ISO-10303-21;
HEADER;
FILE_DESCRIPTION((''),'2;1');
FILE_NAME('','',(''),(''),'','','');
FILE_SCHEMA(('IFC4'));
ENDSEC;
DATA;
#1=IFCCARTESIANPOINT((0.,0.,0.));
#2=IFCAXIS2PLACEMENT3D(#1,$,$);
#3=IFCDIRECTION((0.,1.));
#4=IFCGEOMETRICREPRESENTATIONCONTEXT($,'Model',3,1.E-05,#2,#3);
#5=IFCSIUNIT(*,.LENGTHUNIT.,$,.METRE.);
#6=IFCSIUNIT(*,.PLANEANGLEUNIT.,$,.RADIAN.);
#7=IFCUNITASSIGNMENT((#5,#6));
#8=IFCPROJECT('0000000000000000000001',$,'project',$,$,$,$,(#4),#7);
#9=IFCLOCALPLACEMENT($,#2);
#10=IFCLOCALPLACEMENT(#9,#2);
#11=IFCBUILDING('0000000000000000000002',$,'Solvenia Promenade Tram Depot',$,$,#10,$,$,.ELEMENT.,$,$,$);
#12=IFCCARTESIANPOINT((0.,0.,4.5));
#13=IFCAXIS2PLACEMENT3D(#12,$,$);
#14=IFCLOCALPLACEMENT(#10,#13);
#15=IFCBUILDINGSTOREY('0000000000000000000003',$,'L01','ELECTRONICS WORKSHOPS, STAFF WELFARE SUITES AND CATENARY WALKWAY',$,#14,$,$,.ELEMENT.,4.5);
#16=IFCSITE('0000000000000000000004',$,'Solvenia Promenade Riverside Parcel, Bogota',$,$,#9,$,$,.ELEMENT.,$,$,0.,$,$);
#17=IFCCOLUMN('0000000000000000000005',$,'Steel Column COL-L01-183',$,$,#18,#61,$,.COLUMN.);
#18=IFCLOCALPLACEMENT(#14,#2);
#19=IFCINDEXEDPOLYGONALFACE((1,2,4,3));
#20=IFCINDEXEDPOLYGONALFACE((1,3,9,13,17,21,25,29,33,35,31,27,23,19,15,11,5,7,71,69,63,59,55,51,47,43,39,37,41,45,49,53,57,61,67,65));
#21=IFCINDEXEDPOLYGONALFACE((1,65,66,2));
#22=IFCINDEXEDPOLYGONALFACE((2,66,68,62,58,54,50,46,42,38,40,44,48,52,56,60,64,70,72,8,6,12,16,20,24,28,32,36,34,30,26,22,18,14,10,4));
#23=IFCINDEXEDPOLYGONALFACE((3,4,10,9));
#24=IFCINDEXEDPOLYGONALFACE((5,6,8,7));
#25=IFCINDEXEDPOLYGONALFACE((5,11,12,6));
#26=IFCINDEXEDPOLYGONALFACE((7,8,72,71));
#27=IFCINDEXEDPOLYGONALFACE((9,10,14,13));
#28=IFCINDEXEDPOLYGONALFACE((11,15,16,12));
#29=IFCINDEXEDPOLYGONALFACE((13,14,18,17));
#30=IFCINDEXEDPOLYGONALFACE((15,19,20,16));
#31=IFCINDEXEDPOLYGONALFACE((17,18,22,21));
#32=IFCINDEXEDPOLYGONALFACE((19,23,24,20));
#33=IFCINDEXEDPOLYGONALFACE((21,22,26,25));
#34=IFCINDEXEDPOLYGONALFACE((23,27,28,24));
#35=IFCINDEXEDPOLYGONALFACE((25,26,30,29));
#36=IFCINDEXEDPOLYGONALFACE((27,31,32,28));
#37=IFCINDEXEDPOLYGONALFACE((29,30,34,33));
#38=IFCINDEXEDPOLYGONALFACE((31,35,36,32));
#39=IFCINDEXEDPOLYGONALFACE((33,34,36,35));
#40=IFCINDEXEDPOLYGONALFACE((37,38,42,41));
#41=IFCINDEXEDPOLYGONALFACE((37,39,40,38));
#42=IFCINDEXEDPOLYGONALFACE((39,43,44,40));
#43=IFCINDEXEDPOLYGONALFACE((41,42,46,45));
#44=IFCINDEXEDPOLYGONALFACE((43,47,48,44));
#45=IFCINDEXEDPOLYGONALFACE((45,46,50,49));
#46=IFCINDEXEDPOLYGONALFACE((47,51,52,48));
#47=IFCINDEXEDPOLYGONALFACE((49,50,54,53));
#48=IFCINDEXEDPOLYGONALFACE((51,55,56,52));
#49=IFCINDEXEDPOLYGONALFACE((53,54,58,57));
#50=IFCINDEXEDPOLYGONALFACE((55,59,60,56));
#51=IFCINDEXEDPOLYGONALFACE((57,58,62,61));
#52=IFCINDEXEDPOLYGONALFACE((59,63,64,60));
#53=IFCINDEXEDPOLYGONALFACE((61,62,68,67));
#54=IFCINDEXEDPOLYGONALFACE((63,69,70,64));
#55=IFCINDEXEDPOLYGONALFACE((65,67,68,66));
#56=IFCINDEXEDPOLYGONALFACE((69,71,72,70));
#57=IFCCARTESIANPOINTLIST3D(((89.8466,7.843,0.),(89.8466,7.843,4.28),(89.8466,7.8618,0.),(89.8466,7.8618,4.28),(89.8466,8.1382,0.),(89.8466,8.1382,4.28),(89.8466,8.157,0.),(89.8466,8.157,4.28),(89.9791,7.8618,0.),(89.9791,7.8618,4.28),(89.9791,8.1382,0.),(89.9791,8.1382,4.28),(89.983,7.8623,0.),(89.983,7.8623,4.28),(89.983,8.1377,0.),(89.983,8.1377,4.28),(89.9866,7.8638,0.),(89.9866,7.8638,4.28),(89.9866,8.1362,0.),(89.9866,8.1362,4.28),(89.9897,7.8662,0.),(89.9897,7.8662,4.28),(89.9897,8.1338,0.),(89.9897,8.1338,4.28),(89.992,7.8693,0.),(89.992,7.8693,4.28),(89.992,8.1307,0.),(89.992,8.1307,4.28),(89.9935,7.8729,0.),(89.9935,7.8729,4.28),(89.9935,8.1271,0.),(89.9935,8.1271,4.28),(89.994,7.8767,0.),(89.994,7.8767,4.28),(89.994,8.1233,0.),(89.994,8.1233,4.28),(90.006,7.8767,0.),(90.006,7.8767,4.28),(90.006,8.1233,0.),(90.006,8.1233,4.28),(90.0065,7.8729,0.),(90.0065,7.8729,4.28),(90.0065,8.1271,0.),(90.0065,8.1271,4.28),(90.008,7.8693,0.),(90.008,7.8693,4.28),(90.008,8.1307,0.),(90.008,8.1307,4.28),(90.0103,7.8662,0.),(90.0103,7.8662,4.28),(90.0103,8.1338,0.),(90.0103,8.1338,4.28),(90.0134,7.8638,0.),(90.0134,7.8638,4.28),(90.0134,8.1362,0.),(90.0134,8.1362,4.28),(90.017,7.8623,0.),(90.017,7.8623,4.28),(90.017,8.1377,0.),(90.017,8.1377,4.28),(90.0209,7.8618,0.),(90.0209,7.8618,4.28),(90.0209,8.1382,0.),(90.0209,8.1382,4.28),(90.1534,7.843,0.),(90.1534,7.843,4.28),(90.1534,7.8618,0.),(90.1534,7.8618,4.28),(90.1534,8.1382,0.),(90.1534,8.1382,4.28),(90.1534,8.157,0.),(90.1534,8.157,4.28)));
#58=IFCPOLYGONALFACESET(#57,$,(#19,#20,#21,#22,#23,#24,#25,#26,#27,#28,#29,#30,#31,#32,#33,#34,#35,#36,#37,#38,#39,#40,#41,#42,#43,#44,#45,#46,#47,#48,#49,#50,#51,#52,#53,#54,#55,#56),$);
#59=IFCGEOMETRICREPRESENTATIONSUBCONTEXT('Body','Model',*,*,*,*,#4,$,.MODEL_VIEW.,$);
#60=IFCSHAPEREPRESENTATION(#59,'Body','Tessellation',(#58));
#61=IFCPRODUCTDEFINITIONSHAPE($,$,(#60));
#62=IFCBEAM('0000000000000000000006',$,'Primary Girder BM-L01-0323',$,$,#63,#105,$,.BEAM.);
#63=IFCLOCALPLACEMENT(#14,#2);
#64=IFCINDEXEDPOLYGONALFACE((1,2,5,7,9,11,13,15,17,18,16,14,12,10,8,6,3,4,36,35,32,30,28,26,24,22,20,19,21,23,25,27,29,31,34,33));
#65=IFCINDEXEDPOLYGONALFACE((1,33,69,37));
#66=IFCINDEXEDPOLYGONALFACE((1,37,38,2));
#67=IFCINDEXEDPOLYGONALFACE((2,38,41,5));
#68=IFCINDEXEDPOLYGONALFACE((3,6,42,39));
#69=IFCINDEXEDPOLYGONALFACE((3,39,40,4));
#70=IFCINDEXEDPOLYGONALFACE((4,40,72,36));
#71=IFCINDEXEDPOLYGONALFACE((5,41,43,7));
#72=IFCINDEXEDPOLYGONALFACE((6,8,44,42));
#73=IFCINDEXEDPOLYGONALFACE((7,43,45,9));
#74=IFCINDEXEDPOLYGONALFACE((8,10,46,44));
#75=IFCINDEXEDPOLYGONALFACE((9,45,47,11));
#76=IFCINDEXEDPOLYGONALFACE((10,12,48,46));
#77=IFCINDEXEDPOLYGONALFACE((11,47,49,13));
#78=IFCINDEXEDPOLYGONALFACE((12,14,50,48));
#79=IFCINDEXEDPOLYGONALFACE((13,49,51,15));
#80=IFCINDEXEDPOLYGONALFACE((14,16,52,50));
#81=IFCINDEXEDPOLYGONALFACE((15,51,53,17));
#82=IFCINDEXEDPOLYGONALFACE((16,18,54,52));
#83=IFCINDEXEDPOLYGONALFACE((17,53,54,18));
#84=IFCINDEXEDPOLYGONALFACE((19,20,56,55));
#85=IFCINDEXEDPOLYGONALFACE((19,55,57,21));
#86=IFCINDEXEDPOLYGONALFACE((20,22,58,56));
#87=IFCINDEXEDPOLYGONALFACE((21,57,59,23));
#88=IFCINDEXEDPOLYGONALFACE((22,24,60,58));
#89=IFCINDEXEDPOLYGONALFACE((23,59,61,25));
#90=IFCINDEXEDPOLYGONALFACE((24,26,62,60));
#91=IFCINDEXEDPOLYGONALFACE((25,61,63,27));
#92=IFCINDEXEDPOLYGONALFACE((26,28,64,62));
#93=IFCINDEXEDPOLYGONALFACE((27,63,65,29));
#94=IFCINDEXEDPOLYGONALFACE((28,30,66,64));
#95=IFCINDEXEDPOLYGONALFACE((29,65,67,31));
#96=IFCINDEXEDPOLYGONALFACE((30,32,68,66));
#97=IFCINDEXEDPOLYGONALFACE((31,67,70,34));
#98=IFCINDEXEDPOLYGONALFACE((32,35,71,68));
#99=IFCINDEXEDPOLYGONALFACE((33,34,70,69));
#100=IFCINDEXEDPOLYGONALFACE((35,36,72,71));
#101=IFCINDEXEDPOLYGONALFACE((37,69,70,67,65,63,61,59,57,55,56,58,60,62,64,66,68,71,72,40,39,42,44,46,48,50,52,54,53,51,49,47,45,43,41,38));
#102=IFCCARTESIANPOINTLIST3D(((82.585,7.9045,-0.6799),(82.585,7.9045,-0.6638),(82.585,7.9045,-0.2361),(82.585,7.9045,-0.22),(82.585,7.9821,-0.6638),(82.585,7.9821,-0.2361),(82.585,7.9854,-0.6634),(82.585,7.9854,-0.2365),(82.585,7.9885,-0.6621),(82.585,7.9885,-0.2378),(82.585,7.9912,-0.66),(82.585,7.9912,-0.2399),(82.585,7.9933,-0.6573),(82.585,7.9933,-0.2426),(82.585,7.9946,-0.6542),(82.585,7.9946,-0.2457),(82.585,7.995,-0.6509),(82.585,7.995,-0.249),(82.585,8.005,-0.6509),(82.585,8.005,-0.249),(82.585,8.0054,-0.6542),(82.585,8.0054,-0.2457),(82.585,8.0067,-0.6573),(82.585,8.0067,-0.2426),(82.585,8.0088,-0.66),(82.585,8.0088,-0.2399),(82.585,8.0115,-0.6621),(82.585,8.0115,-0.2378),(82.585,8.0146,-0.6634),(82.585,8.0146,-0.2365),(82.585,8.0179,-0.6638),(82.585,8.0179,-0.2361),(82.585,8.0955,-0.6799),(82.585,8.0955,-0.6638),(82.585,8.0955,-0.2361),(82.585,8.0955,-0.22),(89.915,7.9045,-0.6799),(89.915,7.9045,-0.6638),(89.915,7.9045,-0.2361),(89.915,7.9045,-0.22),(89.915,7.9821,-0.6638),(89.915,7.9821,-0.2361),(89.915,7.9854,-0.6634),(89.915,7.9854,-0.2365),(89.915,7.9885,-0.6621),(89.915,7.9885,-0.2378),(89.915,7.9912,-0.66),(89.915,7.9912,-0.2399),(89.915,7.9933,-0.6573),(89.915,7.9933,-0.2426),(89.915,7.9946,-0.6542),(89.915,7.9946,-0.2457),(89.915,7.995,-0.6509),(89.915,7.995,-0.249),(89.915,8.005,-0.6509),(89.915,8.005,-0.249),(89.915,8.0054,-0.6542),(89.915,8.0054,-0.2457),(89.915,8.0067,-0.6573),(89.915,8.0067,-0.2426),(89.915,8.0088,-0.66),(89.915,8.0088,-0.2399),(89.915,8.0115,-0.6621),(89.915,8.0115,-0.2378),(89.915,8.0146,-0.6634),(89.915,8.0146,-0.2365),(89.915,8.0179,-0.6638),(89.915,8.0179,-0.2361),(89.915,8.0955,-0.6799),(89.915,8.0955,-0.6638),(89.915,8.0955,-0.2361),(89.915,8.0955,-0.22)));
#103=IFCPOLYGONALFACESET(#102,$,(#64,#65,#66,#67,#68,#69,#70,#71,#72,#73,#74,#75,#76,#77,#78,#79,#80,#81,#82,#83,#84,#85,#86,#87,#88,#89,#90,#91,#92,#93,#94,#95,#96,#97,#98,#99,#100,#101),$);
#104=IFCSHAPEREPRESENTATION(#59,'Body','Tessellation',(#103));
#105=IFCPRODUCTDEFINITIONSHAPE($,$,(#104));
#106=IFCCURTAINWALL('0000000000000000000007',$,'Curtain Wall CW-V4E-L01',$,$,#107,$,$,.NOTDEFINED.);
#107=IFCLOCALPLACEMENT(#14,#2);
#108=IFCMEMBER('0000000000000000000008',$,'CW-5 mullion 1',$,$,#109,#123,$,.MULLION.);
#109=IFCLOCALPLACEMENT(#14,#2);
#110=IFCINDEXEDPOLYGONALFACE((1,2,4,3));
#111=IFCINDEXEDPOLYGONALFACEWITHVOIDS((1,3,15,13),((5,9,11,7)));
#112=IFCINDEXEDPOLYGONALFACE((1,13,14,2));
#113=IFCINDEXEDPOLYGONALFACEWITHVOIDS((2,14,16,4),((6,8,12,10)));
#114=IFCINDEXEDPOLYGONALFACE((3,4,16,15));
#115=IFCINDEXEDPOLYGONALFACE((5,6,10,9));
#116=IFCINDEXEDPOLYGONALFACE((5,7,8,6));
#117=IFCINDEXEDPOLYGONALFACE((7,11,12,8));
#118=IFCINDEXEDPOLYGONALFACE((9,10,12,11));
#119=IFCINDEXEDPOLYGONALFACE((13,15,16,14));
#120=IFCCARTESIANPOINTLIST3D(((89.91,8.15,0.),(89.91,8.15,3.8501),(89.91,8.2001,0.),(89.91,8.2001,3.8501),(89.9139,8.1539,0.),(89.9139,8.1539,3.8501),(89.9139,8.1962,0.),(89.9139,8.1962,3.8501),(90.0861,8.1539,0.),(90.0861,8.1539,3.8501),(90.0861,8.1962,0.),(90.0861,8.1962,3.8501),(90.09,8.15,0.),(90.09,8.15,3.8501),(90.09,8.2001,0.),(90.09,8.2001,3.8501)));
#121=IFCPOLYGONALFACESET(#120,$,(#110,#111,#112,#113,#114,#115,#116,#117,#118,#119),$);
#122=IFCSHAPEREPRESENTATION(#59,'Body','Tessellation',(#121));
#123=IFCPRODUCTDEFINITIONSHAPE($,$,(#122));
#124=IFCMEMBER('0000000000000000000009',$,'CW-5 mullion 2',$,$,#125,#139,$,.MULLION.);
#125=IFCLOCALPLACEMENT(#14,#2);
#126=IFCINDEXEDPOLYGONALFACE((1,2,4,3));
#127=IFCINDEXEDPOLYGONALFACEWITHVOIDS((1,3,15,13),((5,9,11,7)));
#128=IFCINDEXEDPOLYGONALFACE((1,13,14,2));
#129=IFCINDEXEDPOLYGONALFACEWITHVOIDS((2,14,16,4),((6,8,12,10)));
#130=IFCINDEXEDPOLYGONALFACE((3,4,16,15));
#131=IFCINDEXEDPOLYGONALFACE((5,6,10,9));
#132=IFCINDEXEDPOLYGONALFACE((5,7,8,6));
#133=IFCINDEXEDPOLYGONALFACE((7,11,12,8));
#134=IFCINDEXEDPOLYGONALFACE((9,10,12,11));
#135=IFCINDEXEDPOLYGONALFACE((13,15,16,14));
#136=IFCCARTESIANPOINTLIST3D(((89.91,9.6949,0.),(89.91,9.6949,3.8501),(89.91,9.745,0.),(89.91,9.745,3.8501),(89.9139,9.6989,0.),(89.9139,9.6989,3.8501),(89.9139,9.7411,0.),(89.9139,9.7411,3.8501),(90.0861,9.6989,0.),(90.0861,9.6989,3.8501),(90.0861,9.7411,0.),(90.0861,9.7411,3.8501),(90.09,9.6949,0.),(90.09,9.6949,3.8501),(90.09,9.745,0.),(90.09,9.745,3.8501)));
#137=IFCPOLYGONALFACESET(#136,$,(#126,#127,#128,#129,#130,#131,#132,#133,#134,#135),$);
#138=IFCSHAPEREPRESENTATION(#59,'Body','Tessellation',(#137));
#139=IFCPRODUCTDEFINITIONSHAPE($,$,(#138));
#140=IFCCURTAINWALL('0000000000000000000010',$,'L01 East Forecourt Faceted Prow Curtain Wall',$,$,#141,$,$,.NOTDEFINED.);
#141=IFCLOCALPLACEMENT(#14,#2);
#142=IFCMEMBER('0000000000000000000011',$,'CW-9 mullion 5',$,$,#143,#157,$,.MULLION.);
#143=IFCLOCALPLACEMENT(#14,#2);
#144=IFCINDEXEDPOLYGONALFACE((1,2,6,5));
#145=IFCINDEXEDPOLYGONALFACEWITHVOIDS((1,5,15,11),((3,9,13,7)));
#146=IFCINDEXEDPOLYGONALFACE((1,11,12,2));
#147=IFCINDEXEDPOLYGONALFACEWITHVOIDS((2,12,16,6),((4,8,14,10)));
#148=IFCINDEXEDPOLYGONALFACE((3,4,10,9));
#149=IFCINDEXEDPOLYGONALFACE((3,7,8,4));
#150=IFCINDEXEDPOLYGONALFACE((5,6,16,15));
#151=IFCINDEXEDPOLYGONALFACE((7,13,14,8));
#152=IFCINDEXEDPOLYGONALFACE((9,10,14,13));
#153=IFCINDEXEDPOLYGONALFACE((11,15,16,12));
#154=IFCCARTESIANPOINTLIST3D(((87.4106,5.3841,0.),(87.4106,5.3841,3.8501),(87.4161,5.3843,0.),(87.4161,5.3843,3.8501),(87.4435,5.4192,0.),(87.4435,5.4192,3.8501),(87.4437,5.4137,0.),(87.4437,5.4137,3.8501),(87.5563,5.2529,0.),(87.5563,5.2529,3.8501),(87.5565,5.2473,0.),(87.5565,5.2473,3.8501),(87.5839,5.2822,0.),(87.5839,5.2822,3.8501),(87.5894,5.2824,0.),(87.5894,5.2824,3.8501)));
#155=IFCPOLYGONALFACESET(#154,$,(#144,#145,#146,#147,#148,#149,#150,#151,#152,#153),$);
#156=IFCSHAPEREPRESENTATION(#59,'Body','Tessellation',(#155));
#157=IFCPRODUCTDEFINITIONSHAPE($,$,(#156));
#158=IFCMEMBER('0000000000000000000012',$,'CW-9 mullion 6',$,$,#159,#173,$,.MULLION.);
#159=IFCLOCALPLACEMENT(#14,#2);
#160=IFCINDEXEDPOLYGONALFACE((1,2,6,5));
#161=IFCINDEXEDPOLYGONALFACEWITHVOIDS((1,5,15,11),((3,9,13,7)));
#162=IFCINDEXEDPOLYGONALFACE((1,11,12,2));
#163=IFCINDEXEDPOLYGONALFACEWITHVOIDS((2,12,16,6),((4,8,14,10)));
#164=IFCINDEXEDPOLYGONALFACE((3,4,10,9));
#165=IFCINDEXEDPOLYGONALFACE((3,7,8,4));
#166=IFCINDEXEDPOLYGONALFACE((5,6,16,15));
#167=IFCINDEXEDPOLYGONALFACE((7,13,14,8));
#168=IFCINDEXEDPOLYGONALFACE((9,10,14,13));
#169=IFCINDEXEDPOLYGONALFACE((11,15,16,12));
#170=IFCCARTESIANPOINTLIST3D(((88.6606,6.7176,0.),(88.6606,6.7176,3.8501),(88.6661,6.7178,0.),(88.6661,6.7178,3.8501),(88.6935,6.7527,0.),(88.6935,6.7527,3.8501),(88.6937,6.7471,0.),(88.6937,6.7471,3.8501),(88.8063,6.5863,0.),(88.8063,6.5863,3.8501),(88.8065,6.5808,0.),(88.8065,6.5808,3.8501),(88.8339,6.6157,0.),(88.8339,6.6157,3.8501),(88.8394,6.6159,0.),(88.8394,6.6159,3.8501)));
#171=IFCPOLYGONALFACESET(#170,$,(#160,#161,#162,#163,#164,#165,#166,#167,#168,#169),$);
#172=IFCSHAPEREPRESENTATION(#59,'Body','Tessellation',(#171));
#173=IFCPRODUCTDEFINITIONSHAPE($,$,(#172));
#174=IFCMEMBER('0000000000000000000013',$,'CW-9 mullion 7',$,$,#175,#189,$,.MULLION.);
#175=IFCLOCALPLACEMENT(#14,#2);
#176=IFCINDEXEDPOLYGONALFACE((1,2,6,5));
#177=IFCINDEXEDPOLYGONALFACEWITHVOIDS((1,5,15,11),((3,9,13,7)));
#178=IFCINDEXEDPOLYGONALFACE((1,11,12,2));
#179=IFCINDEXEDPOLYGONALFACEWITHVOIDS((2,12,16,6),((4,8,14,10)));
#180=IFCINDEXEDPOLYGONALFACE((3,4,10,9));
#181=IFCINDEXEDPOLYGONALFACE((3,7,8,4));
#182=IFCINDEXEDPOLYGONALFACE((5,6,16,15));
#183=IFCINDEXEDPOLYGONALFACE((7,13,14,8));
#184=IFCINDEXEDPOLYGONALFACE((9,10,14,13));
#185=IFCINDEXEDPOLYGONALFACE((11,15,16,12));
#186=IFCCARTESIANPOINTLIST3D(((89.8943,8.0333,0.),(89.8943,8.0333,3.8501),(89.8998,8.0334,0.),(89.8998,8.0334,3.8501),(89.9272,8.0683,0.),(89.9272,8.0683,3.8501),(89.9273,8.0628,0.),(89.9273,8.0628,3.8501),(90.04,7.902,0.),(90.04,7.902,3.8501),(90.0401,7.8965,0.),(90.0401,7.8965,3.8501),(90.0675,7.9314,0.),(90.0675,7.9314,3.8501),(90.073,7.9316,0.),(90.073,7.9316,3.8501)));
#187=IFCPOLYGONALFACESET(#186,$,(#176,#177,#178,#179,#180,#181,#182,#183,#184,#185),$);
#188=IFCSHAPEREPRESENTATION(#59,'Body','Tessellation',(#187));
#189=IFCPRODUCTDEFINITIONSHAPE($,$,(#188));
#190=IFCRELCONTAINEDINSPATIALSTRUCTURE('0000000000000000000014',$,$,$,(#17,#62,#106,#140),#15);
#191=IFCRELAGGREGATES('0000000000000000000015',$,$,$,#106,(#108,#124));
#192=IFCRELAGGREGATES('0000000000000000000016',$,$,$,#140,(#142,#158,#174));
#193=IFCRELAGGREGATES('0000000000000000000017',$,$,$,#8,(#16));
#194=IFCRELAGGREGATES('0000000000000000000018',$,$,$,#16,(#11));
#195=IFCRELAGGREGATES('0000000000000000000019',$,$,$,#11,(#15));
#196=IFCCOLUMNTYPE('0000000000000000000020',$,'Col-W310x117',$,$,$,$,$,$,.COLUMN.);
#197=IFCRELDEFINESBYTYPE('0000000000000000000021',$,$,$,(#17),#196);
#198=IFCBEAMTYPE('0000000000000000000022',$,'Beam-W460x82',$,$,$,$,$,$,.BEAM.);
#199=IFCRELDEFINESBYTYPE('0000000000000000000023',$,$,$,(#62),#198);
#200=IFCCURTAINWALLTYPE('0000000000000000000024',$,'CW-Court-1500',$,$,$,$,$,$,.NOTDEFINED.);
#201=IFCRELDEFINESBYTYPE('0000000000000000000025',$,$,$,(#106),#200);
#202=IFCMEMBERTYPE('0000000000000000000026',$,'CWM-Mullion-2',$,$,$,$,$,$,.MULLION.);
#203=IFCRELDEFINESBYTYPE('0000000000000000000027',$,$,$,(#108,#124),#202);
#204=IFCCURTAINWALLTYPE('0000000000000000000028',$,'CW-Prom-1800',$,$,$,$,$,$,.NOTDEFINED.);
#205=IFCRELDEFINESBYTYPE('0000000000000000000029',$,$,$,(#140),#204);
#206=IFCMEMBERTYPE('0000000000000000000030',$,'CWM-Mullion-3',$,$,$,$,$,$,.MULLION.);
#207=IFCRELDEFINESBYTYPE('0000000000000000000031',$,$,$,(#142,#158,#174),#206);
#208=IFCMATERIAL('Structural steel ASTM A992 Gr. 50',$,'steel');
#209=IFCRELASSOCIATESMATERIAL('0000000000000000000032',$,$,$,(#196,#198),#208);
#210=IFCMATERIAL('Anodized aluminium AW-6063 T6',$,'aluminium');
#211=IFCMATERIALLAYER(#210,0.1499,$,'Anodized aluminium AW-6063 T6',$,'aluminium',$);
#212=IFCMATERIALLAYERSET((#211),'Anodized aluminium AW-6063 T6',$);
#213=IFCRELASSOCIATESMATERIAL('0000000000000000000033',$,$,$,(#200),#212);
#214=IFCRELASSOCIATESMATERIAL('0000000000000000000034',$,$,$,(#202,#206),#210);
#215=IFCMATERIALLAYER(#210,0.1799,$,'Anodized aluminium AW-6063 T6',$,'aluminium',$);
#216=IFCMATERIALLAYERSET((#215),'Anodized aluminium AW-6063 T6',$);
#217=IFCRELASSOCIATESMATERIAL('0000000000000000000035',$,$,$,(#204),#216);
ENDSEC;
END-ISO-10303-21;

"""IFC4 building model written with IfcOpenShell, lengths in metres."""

from ifc_helpers import new_model, si_unit, direction, frame, origin, origin_2d, place, context, subcontext, project, spatial, hollow_rectangle, i_section, extrude, material, layer, layer_set, material_profile, profile_set, type_object, element, aggregate, save


model = new_model("IFC4")

# Units and contexts
model_context = context("Model", 3, precision=1e-05, world=origin(), true_north=direction((0.0, 1.0)))
body_context = subcontext(model_context, "Body", "Model", "MODEL_VIEW")
ifc_project = project(units=[si_unit("LENGTHUNIT", "METRE"), si_unit("PLANEANGLEUNIT", "RADIAN")], contexts=[model_context])

# Site, building, storey
site_placement = place(None, origin())
site = spatial("IfcSite", under=ifc_project, at=site_placement, Name="Solvenia Promenade Riverside Parcel, Bogota", CompositionType="ELEMENT", RefElevation=0.0)
building_placement = place(site_placement, origin())
building = spatial("IfcBuilding", under=site, at=building_placement, Name="Solvenia Promenade Tram Depot", CompositionType="ELEMENT")
storey_placement = place(building_placement, frame((0.0, 0.0, 4.5)))
storey = spatial("IfcBuildingStorey", under=building, at=storey_placement, Name="L01", Description="ELECTRONICS WORKSHOPS, STAFF WELFARE SUITES AND CATENARY WALKWAY", CompositionType="ELEMENT", Elevation=4.5)

# Column
ifc_material_1 = material(Name="Structural steel ASTM A992 Gr. 50", Category="steel")
ifc_material_profile_1 = material_profile(ifc_material_1, i_section(OverallWidth=0.3069, OverallDepth=0.314, WebThickness=0.012, FlangeThickness=0.0188, FilletRadius=0.0149, at=origin_2d()), Name="W310x117", Category="steel")
ifc_profile_set_1 = profile_set([ifc_material_profile_1], Name="Structural steel ASTM A992 Gr. 50")
column_type = type_object("IfcColumnType", Name="Col-W310x117", PredefinedType="COLUMN", material=ifc_profile_set_1)
column_placement = place(storey_placement, frame((90.0, 8.0, 0.0), z_axis=(0.0, 0.0, 1.0), x_axis=(1.0, 0.0, 0.0)))
element("IfcColumn", 1, at=column_placement, inside=storey, type_object=column_type, Name="Steel Column COL-L01-183", PredefinedType="COLUMN", context=body_context, shape_type="SweptSolid", body=[
    extrude(i_section(OverallWidth=0.3069, OverallDepth=0.314, WebThickness=0.012, FlangeThickness=0.0188, FilletRadius=0.0149, at=origin_2d()), origin(), (0.0, 0.0, 1.0), 4.28),
])

# Beam
ifc_material_profile_2 = material_profile(ifc_material_1, i_section(OverallWidth=0.1909, OverallDepth=0.46, WebThickness=0.01, FlangeThickness=0.0161, FilletRadius=0.0129, at=origin_2d()), Name="W460x82", Category="steel")
ifc_profile_set_2 = profile_set([ifc_material_profile_2], Name="Structural steel ASTM A992 Gr. 50")
beam_type_1 = type_object("IfcBeamType", Name="Beam-W460x82", PredefinedType="BEAM", material=ifc_profile_set_2)
beam_1_placement = place(storey_placement, frame((82.585, 8.0, -0.45), z_axis=(1.0, 0.0, 0.0), x_axis=(0.0, 1.0, 0.0)))
element("IfcBeam", 2, at=beam_1_placement, inside=storey, type_object=beam_type_1, Name="Primary Girder BM-L01-0323", PredefinedType="BEAM", context=body_context, shape_type="SweptSolid", body=[
    extrude(i_section(OverallWidth=0.1909, OverallDepth=0.46, WebThickness=0.01, FlangeThickness=0.0161, FilletRadius=0.0129, at=origin_2d()), origin(), (0.0, 0.0, 1.0), 7.3301),
])

# Curtain walls, members
ifc_material_2 = material(Name="Anodized aluminium AW-6063 T6", Category="aluminium")
ifc_layer_1 = layer(ifc_material_2, 0.1499, Name="Anodized aluminium AW-6063 T6", Category="aluminium")
ifc_layer_set_1 = layer_set([ifc_layer_1], Name="Anodized aluminium AW-6063 T6")
curtain_wall_type_1 = type_object("IfcCurtainWallType", Name="CW-Court-1500", PredefinedType="NOTDEFINED", material=ifc_layer_set_1)
curtain_wall_1_placement = place(storey_placement, origin())
curtain_wall_1 = element("IfcCurtainWall", 3, at=curtain_wall_1_placement, inside=storey, type_object=curtain_wall_type_1, Name="Curtain Wall CW-V4E-L01", PredefinedType="NOTDEFINED")
ifc_material_profile_3 = material_profile(ifc_material_2, hollow_rectangle(XDim=0.1799, YDim=0.05, WallThickness=0.0039, at=origin_2d()), Name="ALU-M2", Category="aluminium")
ifc_profile_set_3 = profile_set([ifc_material_profile_3], Name="Anodized aluminium AW-6063 T6")
member_type_1 = type_object("IfcMemberType", Name="CWM-Mullion-2", PredefinedType="MULLION", material=ifc_profile_set_3)
member_1_placement = place(storey_placement, frame((90.0, 8.175, 0.0), z_axis=(0.0, 0.0, 1.0), x_axis=(-1.0, 0.0, 0.0)))
member_1 = element("IfcMember", 4, at=member_1_placement, type_object=member_type_1, Name="CW-5 mullion 1", PredefinedType="MULLION", context=body_context, shape_type="SweptSolid", body=[
    extrude(hollow_rectangle(XDim=0.1799, YDim=0.05, WallThickness=0.0039, at=origin_2d()), origin(), (0.0, 0.0, 1.0), 3.8501),
])
member_2_placement = place(storey_placement, frame((90.0, 9.72, 0.0), z_axis=(0.0, 0.0, 1.0), x_axis=(-1.0, 0.0, 0.0)))
member_2 = element("IfcMember", 5, at=member_2_placement, type_object=member_type_1, Name="CW-5 mullion 2", PredefinedType="MULLION", context=body_context, shape_type="SweptSolid", body=[
    extrude(hollow_rectangle(XDim=0.1799, YDim=0.05, WallThickness=0.0039, at=origin_2d()), origin(), (0.0, 0.0, 1.0), 3.8501),
])
ifc_layer_2 = layer(ifc_material_2, 0.1799, Name="Anodized aluminium AW-6063 T6", Category="aluminium")
ifc_layer_set_2 = layer_set([ifc_layer_2], Name="Anodized aluminium AW-6063 T6")
curtain_wall_type_2 = type_object("IfcCurtainWallType", Name="CW-Prom-1800", PredefinedType="NOTDEFINED", material=ifc_layer_set_2)
curtain_wall_2_placement = place(storey_placement, origin())
curtain_wall_2 = element("IfcCurtainWall", 6, at=curtain_wall_2_placement, inside=storey, type_object=curtain_wall_type_2, Name="L01 East Forecourt Faceted Prow Curtain Wall", PredefinedType="NOTDEFINED")
ifc_material_profile_4 = material_profile(ifc_material_2, hollow_rectangle(XDim=0.2, YDim=0.0481, WallThickness=0.0039, at=origin_2d()), Name="ALU-M3", Category="aluminium")
ifc_profile_set_4 = profile_set([ifc_material_profile_4], Name="Anodized aluminium AW-6063 T6")
member_type_2 = type_object("IfcMemberType", Name="CWM-Mullion-3", PredefinedType="MULLION", material=ifc_profile_set_4)
member_3_placement = place(storey_placement, frame((87.5, 5.3333, 0.0), z_axis=(0.0, 0.0, 1.0), x_axis=(-0.729537, 0.683941, 0.0)))
member_3 = element("IfcMember", 7, at=member_3_placement, type_object=member_type_2, Name="CW-9 mullion 5", PredefinedType="MULLION", context=body_context, shape_type="SweptSolid", body=[
    extrude(hollow_rectangle(XDim=0.2, YDim=0.0481, WallThickness=0.0039, at=origin_2d()), origin(), (0.0, 0.0, 1.0), 3.8501),
])
member_4_placement = place(storey_placement, frame((88.75, 6.6667, 0.0), z_axis=(0.0, 0.0, 1.0), x_axis=(-0.729537, 0.683941, 0.0)))
member_4 = element("IfcMember", 8, at=member_4_placement, type_object=member_type_2, Name="CW-9 mullion 6", PredefinedType="MULLION", context=body_context, shape_type="SweptSolid", body=[
    extrude(hollow_rectangle(XDim=0.2, YDim=0.0481, WallThickness=0.0039, at=origin_2d()), origin(), (0.0, 0.0, 1.0), 3.8501),
])
member_5_placement = place(storey_placement, frame((89.9836, 7.9824, 0.0), z_axis=(0.0, 0.0, 1.0), x_axis=(-0.729537, 0.683941, 0.0)))
member_5 = element("IfcMember", 9, at=member_5_placement, type_object=member_type_2, Name="CW-9 mullion 7", PredefinedType="MULLION", context=body_context, shape_type="SweptSolid", body=[
    extrude(hollow_rectangle(XDim=0.2, YDim=0.0481, WallThickness=0.0039, at=origin_2d()), origin(), (0.0, 0.0, 1.0), 3.8501),
])

aggregate(curtain_wall_1, [member_1, member_2])
aggregate(curtain_wall_2, [member_3, member_4, member_5])

save(model, "model.ifc")
